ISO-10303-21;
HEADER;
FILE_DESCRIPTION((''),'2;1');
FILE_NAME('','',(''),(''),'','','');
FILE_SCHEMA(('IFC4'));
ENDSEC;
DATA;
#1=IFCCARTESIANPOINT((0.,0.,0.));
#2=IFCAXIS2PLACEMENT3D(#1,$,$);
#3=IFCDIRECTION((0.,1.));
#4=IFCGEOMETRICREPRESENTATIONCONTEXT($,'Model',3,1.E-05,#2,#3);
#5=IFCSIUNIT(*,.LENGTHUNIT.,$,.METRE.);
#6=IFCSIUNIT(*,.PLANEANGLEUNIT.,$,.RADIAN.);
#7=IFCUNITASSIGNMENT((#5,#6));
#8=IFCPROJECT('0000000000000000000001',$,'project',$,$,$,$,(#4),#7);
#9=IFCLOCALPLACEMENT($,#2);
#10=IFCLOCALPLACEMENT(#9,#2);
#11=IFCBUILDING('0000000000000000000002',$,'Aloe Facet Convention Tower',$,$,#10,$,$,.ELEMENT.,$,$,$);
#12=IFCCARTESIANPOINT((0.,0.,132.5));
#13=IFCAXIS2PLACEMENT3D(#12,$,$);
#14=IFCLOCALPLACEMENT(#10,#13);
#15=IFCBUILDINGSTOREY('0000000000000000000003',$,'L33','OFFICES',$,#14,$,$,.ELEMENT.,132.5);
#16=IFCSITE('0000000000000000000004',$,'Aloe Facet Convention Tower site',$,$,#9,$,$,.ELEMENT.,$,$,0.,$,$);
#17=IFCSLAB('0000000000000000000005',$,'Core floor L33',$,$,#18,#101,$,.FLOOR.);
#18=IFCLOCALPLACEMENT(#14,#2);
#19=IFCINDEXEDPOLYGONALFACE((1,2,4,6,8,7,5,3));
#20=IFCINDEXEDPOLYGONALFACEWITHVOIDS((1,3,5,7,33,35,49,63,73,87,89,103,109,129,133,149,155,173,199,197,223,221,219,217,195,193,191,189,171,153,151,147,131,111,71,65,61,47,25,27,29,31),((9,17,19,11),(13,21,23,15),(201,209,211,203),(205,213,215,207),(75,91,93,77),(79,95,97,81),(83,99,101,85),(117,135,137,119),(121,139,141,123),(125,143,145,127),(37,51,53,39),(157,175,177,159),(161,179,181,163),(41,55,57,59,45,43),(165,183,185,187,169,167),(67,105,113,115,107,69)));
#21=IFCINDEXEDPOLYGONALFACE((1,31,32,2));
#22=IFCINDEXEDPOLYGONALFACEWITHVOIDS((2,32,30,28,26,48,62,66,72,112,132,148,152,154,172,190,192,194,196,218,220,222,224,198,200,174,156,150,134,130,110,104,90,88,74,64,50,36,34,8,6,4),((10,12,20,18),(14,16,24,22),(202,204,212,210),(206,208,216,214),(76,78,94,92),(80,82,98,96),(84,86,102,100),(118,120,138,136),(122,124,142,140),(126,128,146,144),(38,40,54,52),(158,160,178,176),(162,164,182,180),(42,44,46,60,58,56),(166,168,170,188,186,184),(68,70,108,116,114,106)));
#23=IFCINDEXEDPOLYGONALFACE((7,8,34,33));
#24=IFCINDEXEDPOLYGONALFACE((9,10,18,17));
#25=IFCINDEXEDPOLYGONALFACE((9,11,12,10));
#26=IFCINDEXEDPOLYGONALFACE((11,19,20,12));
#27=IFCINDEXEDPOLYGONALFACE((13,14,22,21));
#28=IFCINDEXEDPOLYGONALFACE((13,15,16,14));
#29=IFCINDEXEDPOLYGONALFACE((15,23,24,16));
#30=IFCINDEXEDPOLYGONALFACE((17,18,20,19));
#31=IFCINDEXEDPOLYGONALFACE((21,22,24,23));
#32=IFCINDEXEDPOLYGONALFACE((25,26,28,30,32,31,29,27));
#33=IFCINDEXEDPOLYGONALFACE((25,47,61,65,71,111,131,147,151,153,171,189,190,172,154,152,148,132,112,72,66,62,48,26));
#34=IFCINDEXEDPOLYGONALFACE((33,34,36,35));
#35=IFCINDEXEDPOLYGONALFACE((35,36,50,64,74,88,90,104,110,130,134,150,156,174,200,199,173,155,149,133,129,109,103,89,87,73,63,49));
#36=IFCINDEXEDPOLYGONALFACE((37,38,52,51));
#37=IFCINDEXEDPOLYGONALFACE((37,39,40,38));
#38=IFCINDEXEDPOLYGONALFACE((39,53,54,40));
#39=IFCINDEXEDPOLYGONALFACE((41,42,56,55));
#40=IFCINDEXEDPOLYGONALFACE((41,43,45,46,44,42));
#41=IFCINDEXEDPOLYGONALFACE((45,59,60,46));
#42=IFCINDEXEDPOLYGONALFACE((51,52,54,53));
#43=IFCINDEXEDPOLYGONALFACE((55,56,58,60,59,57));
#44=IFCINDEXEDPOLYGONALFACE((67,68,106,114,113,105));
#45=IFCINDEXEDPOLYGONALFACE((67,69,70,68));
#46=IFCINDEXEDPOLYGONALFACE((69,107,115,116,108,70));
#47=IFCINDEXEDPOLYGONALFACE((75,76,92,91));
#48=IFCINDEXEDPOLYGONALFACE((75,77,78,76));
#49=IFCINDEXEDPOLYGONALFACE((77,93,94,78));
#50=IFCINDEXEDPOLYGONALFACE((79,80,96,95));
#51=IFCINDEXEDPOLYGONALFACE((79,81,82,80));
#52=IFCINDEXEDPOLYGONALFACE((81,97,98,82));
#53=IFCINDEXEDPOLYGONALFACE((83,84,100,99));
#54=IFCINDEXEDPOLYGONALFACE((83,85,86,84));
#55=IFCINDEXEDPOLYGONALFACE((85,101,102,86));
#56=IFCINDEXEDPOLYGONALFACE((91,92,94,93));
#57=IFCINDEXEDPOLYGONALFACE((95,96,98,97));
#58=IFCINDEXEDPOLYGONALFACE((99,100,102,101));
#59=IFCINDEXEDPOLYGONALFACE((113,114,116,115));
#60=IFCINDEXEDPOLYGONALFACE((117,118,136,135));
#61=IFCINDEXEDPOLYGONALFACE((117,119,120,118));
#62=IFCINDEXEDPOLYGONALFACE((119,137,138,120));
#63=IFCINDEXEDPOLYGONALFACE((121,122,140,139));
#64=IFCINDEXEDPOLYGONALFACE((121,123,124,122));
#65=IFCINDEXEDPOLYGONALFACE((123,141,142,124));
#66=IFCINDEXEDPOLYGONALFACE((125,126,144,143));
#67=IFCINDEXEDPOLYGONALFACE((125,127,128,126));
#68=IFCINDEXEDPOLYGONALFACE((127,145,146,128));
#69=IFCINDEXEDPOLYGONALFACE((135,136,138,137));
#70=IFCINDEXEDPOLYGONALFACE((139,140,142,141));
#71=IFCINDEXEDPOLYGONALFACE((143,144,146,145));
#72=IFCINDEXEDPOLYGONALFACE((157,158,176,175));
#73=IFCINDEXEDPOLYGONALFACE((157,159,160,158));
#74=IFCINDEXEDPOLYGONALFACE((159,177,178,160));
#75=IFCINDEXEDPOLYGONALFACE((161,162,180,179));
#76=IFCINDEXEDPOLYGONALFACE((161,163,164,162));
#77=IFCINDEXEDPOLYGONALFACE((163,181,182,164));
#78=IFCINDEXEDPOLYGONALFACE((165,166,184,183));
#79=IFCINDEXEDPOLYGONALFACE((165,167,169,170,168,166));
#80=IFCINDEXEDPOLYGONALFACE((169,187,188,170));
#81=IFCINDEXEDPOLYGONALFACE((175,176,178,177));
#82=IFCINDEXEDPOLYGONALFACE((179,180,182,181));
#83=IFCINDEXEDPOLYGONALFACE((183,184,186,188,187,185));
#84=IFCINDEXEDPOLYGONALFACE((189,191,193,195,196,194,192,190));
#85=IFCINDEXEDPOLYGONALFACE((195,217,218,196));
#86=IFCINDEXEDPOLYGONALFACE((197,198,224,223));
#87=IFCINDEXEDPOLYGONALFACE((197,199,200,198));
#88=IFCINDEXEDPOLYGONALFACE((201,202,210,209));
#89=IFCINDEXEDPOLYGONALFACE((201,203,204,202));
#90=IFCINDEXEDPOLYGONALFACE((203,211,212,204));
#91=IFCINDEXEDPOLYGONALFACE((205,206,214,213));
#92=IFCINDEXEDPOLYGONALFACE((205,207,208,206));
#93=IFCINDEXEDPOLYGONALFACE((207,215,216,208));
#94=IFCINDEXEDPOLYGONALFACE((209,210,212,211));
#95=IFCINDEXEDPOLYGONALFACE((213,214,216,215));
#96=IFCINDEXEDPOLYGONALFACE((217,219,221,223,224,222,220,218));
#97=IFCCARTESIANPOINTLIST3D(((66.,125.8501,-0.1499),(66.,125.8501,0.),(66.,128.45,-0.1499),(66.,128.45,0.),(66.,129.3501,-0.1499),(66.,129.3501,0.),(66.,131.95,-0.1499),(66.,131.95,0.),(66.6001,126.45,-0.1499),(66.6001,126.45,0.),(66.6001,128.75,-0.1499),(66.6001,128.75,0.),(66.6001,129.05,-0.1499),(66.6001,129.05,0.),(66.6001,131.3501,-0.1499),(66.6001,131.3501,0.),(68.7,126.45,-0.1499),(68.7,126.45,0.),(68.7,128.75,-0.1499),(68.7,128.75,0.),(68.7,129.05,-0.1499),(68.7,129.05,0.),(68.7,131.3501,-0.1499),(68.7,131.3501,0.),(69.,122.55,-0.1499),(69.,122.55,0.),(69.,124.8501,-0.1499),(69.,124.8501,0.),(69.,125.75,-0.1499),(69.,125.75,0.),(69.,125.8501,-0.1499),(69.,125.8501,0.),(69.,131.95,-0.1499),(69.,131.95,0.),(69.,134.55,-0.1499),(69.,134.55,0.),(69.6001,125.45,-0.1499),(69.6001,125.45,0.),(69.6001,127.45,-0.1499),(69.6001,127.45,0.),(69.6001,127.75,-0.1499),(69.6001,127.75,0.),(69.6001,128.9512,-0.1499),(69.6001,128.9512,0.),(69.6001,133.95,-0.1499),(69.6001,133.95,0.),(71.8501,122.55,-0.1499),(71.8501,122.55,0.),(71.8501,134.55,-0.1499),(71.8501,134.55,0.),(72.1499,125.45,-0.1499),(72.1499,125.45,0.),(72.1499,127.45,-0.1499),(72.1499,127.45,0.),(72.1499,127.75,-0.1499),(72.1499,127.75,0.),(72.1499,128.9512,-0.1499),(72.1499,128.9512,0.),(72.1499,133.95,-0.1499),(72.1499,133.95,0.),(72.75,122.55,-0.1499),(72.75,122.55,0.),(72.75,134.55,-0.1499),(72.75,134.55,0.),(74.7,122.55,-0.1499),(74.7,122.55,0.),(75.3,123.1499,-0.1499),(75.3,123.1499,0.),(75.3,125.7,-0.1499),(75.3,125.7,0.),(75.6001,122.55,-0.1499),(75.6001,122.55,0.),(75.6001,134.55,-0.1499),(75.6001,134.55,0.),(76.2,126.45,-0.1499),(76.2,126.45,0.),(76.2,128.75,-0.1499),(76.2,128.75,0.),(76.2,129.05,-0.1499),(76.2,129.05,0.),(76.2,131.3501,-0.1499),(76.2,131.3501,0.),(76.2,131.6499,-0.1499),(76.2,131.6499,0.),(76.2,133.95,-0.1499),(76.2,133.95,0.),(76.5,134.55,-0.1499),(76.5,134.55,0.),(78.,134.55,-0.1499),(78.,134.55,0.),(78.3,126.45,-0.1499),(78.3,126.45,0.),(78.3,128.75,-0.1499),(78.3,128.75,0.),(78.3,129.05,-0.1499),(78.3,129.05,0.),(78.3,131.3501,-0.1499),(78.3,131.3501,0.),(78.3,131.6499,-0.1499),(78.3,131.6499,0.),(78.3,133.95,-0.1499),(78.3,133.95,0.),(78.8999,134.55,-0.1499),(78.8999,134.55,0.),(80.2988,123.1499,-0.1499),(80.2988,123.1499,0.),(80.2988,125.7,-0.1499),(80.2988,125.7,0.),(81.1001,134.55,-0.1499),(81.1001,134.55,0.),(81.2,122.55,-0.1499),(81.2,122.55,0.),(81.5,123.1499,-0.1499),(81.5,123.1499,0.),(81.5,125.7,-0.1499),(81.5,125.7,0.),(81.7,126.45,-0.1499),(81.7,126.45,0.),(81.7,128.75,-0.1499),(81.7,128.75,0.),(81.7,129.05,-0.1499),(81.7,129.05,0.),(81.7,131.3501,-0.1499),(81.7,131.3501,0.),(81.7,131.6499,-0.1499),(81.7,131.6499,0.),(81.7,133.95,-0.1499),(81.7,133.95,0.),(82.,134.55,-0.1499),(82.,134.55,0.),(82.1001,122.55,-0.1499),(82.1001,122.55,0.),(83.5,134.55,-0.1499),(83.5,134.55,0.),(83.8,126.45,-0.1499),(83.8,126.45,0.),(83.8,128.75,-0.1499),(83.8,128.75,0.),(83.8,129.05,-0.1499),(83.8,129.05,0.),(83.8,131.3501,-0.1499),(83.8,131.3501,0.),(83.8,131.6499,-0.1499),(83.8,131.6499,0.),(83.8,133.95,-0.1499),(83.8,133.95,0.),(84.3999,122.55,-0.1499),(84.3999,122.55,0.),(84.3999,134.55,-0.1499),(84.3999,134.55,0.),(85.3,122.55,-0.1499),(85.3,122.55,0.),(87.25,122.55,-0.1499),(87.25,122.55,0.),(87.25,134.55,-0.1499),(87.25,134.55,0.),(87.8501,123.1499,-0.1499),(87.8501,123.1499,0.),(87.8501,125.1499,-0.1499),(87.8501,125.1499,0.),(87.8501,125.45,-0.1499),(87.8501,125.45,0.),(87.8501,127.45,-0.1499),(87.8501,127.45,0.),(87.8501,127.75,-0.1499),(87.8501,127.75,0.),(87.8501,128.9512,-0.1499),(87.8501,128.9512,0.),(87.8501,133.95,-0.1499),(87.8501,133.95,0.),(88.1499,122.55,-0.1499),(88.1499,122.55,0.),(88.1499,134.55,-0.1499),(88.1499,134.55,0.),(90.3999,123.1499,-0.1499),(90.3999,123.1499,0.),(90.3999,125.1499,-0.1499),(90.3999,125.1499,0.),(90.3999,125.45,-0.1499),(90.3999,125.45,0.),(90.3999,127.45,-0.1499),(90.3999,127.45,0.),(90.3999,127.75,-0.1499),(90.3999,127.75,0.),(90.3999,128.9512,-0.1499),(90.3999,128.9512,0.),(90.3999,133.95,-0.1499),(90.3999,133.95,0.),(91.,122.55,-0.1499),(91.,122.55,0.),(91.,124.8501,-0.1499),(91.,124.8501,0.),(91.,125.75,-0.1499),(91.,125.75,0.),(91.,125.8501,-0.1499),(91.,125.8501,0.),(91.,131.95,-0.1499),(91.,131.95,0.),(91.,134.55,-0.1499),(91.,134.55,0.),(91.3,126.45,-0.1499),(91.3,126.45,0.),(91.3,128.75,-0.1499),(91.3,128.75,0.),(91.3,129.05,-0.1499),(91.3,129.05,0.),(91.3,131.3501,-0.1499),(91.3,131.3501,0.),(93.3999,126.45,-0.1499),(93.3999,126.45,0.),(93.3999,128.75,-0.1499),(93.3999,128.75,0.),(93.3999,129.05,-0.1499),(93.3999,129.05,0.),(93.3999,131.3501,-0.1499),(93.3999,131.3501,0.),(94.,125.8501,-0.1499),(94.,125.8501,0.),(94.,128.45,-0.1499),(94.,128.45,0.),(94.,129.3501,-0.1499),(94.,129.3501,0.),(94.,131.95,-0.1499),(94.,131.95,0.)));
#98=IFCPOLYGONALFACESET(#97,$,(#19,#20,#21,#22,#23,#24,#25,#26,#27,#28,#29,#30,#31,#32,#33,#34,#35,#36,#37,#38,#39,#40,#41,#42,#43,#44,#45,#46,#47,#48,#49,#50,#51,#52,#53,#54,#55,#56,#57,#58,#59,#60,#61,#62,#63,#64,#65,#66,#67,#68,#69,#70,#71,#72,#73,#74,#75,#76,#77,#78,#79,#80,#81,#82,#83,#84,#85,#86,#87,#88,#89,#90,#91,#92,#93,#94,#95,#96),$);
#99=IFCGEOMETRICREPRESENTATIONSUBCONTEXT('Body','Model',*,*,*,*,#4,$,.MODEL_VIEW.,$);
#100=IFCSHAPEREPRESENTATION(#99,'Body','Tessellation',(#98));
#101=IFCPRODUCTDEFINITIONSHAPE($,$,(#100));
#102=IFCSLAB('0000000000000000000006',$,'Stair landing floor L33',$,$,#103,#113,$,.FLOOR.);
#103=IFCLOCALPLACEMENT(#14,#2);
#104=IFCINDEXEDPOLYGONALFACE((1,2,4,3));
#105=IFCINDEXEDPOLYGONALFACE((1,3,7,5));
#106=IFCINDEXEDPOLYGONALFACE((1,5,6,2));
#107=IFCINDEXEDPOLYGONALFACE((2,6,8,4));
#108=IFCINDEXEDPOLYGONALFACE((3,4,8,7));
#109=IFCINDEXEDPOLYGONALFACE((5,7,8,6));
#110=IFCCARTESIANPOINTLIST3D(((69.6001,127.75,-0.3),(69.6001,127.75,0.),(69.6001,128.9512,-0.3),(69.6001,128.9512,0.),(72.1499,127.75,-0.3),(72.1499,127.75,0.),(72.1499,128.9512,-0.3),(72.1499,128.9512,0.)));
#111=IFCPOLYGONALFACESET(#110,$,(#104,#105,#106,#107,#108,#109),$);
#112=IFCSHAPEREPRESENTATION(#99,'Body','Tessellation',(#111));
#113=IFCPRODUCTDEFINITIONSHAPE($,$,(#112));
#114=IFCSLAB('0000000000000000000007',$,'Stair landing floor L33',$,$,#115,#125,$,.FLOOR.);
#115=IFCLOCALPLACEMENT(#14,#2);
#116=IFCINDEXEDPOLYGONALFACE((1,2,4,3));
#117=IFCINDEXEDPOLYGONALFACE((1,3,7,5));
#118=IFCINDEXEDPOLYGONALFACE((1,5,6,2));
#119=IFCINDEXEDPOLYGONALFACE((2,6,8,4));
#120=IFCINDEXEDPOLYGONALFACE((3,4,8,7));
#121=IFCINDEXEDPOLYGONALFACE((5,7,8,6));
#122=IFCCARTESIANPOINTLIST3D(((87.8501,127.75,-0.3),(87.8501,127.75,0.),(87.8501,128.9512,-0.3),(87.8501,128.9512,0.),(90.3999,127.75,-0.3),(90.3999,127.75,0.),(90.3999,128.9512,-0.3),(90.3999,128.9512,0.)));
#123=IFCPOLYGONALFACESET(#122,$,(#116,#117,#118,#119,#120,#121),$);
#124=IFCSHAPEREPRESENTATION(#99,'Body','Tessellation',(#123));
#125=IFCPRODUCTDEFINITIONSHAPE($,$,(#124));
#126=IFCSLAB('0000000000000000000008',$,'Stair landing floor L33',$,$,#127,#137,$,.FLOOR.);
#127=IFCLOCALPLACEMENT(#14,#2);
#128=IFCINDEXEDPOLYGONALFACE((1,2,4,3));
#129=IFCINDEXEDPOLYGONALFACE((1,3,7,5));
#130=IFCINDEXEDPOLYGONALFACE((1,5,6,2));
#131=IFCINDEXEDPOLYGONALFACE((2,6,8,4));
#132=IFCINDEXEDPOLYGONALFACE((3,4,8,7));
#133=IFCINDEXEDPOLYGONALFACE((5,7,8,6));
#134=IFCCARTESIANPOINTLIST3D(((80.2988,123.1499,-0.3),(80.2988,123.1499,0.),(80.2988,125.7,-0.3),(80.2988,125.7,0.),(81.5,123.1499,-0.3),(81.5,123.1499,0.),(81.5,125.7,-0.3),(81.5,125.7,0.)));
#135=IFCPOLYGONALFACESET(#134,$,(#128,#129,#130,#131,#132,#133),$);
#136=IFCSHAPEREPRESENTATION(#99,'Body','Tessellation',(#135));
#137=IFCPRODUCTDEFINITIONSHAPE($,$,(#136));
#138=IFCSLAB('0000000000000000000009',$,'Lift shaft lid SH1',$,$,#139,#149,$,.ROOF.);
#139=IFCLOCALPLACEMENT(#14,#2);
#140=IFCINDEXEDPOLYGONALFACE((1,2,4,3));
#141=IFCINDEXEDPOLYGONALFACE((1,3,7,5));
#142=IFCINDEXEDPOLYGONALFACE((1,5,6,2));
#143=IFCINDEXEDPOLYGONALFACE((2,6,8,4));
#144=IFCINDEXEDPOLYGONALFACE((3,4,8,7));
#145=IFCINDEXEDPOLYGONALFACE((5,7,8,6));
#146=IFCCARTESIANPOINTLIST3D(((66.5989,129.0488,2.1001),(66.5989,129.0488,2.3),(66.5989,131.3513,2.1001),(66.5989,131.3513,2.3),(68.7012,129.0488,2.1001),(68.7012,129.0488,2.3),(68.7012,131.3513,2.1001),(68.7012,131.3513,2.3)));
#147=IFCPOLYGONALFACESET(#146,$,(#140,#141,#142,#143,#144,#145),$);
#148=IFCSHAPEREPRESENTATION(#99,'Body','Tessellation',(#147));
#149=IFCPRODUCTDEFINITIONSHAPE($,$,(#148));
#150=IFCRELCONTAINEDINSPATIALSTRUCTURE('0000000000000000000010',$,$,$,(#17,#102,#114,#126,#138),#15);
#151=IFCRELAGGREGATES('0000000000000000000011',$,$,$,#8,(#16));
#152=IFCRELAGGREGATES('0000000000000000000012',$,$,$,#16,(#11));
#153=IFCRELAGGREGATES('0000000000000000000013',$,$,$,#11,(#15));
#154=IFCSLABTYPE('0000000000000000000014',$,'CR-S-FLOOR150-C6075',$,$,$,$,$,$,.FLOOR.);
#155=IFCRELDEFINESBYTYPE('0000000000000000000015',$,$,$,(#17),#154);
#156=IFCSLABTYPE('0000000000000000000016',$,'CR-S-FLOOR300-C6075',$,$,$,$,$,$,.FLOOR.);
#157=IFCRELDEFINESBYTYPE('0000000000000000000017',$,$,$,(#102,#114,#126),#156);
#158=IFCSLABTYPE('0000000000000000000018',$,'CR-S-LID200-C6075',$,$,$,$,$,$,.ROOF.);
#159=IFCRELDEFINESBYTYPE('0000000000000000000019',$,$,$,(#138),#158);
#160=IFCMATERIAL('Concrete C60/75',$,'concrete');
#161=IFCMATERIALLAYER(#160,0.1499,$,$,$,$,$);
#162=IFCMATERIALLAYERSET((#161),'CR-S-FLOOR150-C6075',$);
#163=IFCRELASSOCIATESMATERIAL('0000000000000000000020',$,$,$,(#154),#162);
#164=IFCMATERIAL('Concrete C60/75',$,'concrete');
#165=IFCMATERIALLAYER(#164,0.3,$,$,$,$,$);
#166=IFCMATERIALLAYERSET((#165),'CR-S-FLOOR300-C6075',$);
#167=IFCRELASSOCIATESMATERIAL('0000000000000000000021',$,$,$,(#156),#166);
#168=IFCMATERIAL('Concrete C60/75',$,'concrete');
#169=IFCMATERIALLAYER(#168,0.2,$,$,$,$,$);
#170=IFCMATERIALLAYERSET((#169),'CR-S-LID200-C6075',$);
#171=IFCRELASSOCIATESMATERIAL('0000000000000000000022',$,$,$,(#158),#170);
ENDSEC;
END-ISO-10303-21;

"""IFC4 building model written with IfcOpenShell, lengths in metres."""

from ifc_helpers import new_model, si_unit, direction, frame, origin, place, context, subcontext, project, spatial, polyline, outline, extrude, material, layer, layer_set, type_object, element, save


model = new_model("IFC4")

# Units and contexts
model_context = context("Model", 3, precision=1e-05, world=origin(), true_north=direction((0.0, 1.0)))
body_context = subcontext(model_context, "Body", "Model", "MODEL_VIEW")
ifc_project = project(units=[si_unit("LENGTHUNIT", "METRE"), si_unit("PLANEANGLEUNIT", "RADIAN")], contexts=[model_context])

# Site, building, storey
site_placement = place(None, origin())
site = spatial("IfcSite", under=ifc_project, at=site_placement, Name="Aloe Facet Convention Tower site", CompositionType="ELEMENT", RefElevation=0.0)
building_placement = place(site_placement, origin())
building = spatial("IfcBuilding", under=site, at=building_placement, Name="Aloe Facet Convention Tower", CompositionType="ELEMENT")
storey_placement = place(building_placement, frame((0.0, 0.0, 132.5)))
storey = spatial("IfcBuildingStorey", under=building, at=storey_placement, Name="L33", Description="OFFICES", CompositionType="ELEMENT", Elevation=132.5)

# Slabs
ifc_material_1 = material(Name="Concrete C60/75", Category="concrete")
ifc_layer_1 = layer(ifc_material_1, 0.1499)
ifc_layer_set_1 = layer_set([ifc_layer_1], Name="CR-S-FLOOR150-C6075")
slab_type_1 = type_object("IfcSlabType", Name="CR-S-FLOOR150-C6075", PredefinedType="FLOOR", material=ifc_layer_set_1)
slab_1_placement = place(storey_placement, frame((0.0, 0.0, -0.1499)))
element("IfcSlab", 1, at=slab_1_placement, inside=storey, type_object=slab_type_1, Name="Core floor L33", PredefinedType="FLOOR", context=body_context, shape_type="SweptSolid", body=[
    extrude(outline(polyline([(69.0, 134.55), (71.8501, 134.55), (72.75, 134.55), (75.6001, 134.55), (76.5, 134.55), (78.0, 134.55), (78.8999, 134.55), (81.1001, 134.55), (82.0, 134.55), (83.5, 134.55), (84.3999, 134.55), (87.25, 134.55), (88.1499, 134.55), (91.0, 134.55), (91.0, 131.95), (94.0, 131.95), (94.0, 129.3501), (94.0, 128.45), (94.0, 125.8501), (91.0, 125.8501), (91.0, 125.75), (91.0, 124.8501), (91.0, 122.55), (88.1499, 122.55), (87.25, 122.55), (85.3, 122.55), (84.3999, 122.55), (82.1001, 122.55), (81.2, 122.55), (75.6001, 122.55), (74.7, 122.55), (72.75, 122.55), (71.8501, 122.55), (69.0, 122.55), (69.0, 124.8501), (69.0, 125.75), (69.0, 125.8501), (66.0, 125.8501), (66.0, 128.45), (66.0, 129.3501), (66.0, 131.95), (69.0, 131.95), (69.0, 134.55)]), holes=[polyline([(75.3, 123.1499), (80.2988, 123.1499), (81.5, 123.1499), (81.5, 125.7), (80.2988, 125.7), (75.3, 125.7), (75.3, 123.1499)]), polyline([(69.6001, 125.45), (72.1499, 125.45), (72.1499, 127.45), (69.6001, 127.45), (69.6001, 125.45)]), polyline([(66.6001, 126.45), (68.7, 126.45), (68.7, 128.75), (66.6001, 128.75), (66.6001, 126.45)]), polyline([(76.2, 126.45), (78.3, 126.45), (78.3, 128.75), (76.2, 128.75), (76.2, 126.45)]), polyline([(66.6001, 129.05), (68.7, 129.05), (68.7, 131.3501), (66.6001, 131.3501), (66.6001, 129.05)]), polyline([(76.2, 129.05), (78.3, 129.05), (78.3, 131.3501), (76.2, 131.3501), (76.2, 129.05)]), polyline([(69.6001, 133.95), (69.6001, 128.9512), (69.6001, 127.75), (72.1499, 127.75), (72.1499, 128.9512), (72.1499, 133.95), (69.6001, 133.95)]), polyline([(76.2, 131.6499), (78.3, 131.6499), (78.3, 133.95), (76.2, 133.95), (76.2, 131.6499)]), polyline([(87.8501, 123.1499), (90.3999, 123.1499), (90.3999, 125.1499), (87.8501, 125.1499), (87.8501, 123.1499)]), polyline([(87.8501, 125.45), (90.3999, 125.45), (90.3999, 127.45), (87.8501, 127.45), (87.8501, 125.45)]), polyline([(81.7, 126.45), (83.8, 126.45), (83.8, 128.75), (81.7, 128.75), (81.7, 126.45)]), polyline([(91.3, 126.45), (93.3999, 126.45), (93.3999, 128.75), (91.3, 128.75), (91.3, 126.45)]), polyline([(81.7, 129.05), (83.8, 129.05), (83.8, 131.3501), (81.7, 131.3501), (81.7, 129.05)]), polyline([(91.3, 129.05), (93.3999, 129.05), (93.3999, 131.3501), (91.3, 131.3501), (91.3, 129.05)]), polyline([(87.8501, 133.95), (87.8501, 128.9512), (87.8501, 127.75), (90.3999, 127.75), (90.3999, 128.9512), (90.3999, 133.95), (87.8501, 133.95)]), polyline([(81.7, 131.6499), (83.8, 131.6499), (83.8, 133.95), (81.7, 133.95), (81.7, 131.6499)])]), origin(), (0.0, 0.0, 1.0), 0.1499),
])
ifc_material_2 = material(Name="Concrete C60/75", Category="concrete")
ifc_layer_2 = layer(ifc_material_2, 0.3)
ifc_layer_set_2 = layer_set([ifc_layer_2], Name="CR-S-FLOOR300-C6075")
slab_type_2 = type_object("IfcSlabType", Name="CR-S-FLOOR300-C6075", PredefinedType="FLOOR", material=ifc_layer_set_2)
slab_2_placement = place(storey_placement, frame((0.0, 0.0, -0.3)))
element("IfcSlab", 2, at=slab_2_placement, inside=storey, type_object=slab_type_2, Name="Stair landing floor L33", PredefinedType="FLOOR", context=body_context, shape_type="SweptSolid", body=[
    extrude(outline(polyline([(72.1499, 127.75), (72.1499, 128.9512), (69.6001, 128.9512), (69.6001, 127.75), (72.1499, 127.75)])), origin(), (0.0, 0.0, 1.0), 0.3),
])
slab_3_placement = place(storey_placement, frame((0.0, 0.0, -0.3)))
element("IfcSlab", 3, at=slab_3_placement, inside=storey, type_object=slab_type_2, Name="Stair landing floor L33", PredefinedType="FLOOR", context=body_context, shape_type="SweptSolid", body=[
    extrude(outline(polyline([(90.3999, 127.75), (90.3999, 128.9512), (87.8501, 128.9512), (87.8501, 127.75), (90.3999, 127.75)])), origin(), (0.0, 0.0, 1.0), 0.3),
])
slab_4_placement = place(storey_placement, frame((0.0, 0.0, -0.3)))
element("IfcSlab", 4, at=slab_4_placement, inside=storey, type_object=slab_type_2, Name="Stair landing floor L33", PredefinedType="FLOOR", context=body_context, shape_type="SweptSolid", body=[
    extrude(outline(polyline([(81.5, 125.7), (80.2988, 125.7), (80.2988, 123.1499), (81.5, 123.1499), (81.5, 125.7)])), origin(), (0.0, 0.0, 1.0), 0.3),
])
ifc_material_3 = material(Name="Concrete C60/75", Category="concrete")
ifc_layer_3 = layer(ifc_material_3, 0.2)
ifc_layer_set_3 = layer_set([ifc_layer_3], Name="CR-S-LID200-C6075")
slab_type_3 = type_object("IfcSlabType", Name="CR-S-LID200-C6075", PredefinedType="ROOF", material=ifc_layer_set_3)
slab_5_placement = place(storey_placement, frame((0.0, 0.0, 2.1001)))
element("IfcSlab", 5, at=slab_5_placement, inside=storey, type_object=slab_type_3, Name="Lift shaft lid SH1", PredefinedType="ROOF", context=body_context, shape_type="SweptSolid", body=[
    extrude(outline(polyline([(68.7012, 131.3513), (68.7012, 129.0488), (66.5989, 129.0488), (66.5989, 131.3513), (68.7012, 131.3513)])), origin(), (0.0, 0.0, 1.0), 0.2),
])

save(model, "model.ifc")
